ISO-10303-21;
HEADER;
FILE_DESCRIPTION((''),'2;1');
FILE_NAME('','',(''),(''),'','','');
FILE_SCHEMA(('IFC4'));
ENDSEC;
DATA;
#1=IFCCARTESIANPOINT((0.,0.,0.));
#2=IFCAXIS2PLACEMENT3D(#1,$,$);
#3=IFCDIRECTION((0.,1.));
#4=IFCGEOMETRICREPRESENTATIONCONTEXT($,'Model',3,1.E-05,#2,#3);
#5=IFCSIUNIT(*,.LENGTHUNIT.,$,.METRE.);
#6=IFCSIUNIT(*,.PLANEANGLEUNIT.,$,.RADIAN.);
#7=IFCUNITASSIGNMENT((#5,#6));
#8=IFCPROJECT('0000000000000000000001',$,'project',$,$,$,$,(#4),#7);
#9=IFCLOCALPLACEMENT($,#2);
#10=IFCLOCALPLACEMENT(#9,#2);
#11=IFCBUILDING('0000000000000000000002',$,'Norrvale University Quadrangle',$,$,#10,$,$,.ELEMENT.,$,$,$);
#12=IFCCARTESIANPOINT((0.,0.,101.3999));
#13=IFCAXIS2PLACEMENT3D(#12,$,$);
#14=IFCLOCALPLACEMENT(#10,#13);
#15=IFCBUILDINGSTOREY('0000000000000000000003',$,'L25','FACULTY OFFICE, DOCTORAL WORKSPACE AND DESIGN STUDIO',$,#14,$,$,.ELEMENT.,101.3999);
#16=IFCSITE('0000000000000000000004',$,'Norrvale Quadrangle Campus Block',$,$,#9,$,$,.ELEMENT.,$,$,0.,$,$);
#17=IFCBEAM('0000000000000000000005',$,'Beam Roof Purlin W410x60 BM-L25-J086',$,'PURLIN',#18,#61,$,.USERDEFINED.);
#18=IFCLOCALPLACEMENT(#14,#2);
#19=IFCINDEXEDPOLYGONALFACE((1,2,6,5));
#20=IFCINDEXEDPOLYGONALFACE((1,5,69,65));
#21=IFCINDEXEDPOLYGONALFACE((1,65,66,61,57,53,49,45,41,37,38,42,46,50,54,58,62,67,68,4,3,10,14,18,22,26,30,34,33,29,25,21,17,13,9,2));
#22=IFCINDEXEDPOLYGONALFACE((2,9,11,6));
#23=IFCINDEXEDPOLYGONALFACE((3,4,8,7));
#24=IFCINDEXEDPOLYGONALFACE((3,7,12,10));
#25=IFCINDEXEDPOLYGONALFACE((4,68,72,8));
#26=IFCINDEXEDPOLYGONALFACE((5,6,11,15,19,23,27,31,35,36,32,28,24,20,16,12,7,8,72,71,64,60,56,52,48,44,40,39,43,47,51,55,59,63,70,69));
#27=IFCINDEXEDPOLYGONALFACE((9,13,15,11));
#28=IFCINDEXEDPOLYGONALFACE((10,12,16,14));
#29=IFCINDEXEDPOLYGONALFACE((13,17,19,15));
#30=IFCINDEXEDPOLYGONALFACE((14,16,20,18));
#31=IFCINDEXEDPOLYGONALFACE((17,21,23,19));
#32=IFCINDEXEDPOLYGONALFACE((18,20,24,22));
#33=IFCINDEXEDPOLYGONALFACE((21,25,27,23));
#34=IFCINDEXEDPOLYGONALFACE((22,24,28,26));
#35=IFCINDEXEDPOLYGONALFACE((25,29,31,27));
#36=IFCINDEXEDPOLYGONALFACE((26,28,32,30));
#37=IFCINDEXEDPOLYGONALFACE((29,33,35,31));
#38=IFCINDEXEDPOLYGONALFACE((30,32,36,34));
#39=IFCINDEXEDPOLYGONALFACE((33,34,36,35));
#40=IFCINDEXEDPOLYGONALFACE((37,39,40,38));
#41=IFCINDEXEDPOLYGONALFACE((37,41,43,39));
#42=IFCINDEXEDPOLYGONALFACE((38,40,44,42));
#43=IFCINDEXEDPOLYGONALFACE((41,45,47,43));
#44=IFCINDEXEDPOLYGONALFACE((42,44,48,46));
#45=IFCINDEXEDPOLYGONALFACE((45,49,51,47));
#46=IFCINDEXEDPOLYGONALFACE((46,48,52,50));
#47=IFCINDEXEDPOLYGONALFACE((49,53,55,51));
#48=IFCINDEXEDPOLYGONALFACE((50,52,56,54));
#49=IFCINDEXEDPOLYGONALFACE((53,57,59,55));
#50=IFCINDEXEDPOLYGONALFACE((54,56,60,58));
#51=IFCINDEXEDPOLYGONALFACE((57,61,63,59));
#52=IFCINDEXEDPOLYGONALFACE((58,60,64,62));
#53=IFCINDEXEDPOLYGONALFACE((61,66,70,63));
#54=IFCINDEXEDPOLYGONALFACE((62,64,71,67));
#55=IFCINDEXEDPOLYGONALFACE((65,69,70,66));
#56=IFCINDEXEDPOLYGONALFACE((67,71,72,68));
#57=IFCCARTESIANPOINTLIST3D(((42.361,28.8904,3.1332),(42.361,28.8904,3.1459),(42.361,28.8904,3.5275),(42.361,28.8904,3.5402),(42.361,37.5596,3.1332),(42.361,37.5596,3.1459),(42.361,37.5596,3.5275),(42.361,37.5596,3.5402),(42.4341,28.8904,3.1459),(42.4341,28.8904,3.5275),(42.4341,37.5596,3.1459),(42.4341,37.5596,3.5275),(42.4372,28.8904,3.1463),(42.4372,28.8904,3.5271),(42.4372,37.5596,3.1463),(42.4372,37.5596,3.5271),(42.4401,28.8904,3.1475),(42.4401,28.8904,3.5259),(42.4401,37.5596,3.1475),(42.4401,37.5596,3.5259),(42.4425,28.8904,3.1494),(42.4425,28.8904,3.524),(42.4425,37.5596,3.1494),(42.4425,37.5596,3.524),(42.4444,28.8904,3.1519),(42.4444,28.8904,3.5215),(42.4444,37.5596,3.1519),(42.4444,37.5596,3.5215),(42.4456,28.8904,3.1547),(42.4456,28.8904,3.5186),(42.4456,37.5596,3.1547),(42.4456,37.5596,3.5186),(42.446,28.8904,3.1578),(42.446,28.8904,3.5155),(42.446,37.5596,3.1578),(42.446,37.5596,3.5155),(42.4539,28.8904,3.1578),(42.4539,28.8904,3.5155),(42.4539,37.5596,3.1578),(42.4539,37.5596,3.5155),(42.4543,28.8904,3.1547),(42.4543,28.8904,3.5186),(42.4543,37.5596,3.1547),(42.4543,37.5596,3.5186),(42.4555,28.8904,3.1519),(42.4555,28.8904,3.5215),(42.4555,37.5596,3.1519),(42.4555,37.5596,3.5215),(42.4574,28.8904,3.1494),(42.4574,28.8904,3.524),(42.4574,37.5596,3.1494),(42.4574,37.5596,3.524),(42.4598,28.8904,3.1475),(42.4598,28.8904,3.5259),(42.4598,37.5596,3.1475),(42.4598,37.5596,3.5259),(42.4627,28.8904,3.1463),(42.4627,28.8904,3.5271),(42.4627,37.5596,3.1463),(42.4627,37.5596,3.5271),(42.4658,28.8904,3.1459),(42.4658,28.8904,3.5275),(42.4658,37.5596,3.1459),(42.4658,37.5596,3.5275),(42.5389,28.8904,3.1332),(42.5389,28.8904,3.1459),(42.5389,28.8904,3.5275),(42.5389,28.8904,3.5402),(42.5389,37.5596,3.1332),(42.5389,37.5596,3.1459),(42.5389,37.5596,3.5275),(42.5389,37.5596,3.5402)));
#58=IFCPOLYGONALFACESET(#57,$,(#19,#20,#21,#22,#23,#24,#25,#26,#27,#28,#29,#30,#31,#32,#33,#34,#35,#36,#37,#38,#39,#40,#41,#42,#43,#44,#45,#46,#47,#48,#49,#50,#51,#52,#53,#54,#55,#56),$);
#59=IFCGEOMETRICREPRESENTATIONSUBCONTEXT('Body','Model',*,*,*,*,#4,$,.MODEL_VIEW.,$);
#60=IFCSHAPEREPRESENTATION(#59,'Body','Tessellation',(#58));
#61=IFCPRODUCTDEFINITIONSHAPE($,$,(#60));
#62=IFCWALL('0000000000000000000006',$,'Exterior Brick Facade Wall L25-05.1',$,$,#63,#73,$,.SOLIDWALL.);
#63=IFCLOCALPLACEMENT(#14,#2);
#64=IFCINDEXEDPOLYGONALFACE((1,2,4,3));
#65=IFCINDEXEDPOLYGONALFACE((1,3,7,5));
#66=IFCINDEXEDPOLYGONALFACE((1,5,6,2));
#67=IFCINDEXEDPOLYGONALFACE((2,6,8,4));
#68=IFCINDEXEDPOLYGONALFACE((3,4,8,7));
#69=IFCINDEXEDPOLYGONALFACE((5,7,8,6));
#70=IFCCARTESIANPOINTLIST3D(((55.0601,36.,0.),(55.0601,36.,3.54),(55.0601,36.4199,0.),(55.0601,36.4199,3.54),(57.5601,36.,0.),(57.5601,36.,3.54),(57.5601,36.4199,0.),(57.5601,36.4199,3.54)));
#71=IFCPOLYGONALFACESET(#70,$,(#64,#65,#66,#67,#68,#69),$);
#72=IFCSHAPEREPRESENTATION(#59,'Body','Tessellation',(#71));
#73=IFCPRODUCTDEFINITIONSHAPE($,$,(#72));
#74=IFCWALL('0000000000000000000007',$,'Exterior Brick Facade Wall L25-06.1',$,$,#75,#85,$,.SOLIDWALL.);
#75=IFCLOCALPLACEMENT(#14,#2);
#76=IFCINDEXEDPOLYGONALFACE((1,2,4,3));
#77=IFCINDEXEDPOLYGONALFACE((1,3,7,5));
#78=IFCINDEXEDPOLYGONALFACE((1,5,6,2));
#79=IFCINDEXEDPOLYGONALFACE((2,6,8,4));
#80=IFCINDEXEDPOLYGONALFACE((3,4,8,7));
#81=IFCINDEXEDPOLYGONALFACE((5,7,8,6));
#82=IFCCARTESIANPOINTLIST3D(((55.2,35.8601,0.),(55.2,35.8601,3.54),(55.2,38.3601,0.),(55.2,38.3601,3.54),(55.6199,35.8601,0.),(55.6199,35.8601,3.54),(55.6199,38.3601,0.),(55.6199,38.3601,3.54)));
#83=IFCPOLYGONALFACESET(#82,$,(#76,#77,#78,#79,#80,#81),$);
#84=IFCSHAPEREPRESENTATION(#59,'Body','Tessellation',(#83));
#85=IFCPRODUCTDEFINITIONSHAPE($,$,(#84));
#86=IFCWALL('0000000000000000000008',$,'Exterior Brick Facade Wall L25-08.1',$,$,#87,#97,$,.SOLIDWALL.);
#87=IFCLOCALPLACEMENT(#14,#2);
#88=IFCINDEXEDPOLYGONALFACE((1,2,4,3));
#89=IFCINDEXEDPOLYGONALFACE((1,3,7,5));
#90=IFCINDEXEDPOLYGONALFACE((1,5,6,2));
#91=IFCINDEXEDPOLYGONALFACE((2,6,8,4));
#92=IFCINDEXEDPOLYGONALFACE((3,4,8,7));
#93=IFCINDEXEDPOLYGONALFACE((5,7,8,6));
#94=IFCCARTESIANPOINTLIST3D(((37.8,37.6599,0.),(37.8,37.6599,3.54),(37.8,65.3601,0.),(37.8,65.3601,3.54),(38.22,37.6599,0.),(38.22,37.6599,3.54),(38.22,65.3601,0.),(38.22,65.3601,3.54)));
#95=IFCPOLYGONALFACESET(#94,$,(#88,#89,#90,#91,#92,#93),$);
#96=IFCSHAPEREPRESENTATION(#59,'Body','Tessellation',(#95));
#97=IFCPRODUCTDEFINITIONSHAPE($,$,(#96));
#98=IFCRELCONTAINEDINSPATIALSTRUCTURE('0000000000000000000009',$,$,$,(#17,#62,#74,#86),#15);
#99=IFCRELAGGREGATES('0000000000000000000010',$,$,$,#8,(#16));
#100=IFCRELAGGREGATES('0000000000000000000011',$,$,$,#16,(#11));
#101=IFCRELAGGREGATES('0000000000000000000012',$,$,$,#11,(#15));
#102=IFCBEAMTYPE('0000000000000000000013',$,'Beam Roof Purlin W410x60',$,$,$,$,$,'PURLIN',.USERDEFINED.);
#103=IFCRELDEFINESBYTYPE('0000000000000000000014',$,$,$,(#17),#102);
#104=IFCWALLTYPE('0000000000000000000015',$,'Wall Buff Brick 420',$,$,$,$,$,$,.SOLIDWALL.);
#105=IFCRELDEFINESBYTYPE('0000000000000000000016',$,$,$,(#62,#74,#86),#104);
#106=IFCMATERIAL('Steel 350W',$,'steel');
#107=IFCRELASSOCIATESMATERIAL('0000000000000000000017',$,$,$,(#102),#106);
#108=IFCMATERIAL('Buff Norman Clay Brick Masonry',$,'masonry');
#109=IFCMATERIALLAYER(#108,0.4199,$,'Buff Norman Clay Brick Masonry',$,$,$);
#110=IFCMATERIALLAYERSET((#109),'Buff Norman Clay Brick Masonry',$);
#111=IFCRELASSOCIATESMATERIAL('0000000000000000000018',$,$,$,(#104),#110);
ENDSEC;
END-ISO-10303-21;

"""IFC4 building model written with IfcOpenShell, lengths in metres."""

from ifc_helpers import new_model, si_unit, direction, frame, frame_2d, origin, origin_2d, place, context, subcontext, project, spatial, rectangle, i_section, extrude, material, layer, layer_set, material_profile, profile_set, type_object, element, save


model = new_model("IFC4")

# Units and contexts
model_context = context("Model", 3, precision=1e-05, world=origin(), true_north=direction((0.0, 1.0)))
body_context = subcontext(model_context, "Body", "Model", "MODEL_VIEW")
ifc_project = project(units=[si_unit("LENGTHUNIT", "METRE"), si_unit("PLANEANGLEUNIT", "RADIAN")], contexts=[model_context])

# Site, building, storey
site_placement = place(None, origin())
site = spatial("IfcSite", under=ifc_project, at=site_placement, Name="Norrvale Quadrangle Campus Block", CompositionType="ELEMENT", RefElevation=0.0)
building_placement = place(site_placement, origin())
building = spatial("IfcBuilding", under=site, at=building_placement, Name="Norrvale University Quadrangle", CompositionType="ELEMENT")
storey_placement = place(building_placement, frame((0.0, 0.0, 101.3999)))
storey = spatial("IfcBuildingStorey", under=building, at=storey_placement, Name="L25", Description="FACULTY OFFICE, DOCTORAL WORKSPACE AND DESIGN STUDIO", CompositionType="ELEMENT", Elevation=101.3999)

# Beam
ifc_material_1 = material(Name="Steel 350W", Category="steel")
ifc_material_profile_1 = material_profile(ifc_material_1, i_section(OverallWidth=0.178, OverallDepth=0.407, WebThickness=0.0078, FlangeThickness=0.0127, FilletRadius=0.012, at=origin_2d()), Name="Steel 350W")
ifc_profile_set_1 = profile_set([ifc_material_profile_1], Name="Steel 350W")
beam_type_1 = type_object("IfcBeamType", Name="Beam Roof Purlin W410x60", ElementType="PURLIN", PredefinedType="USERDEFINED", material=ifc_profile_set_1)
for number, where, z_axis, x_axis, name in (
    (1, (42.45, 28.8904, 3.3367), (0.0, 1.0, 0.0), (-1.0, 0.0, 0.0), "Beam Roof Purlin W410x60 BM-L25-J086"),
):
    element("IfcBeam", number, at=place(storey_placement, frame(where, z_axis=z_axis, x_axis=x_axis)), inside=storey, type_object=beam_type_1, Name=name, ObjectType="PURLIN", PredefinedType="USERDEFINED", context=body_context, shape_type="SweptSolid", body=[
        extrude(i_section(OverallWidth=0.178, OverallDepth=0.407, WebThickness=0.0078, FlangeThickness=0.0127, FilletRadius=0.012, at=origin_2d()), origin(), (0.0, 0.0, 1.0), 8.6692),
    ])

# Walls
ifc_material_2 = material(Name="Buff Norman Clay Brick Masonry", Category="masonry")
ifc_layer = layer(ifc_material_2, 0.4199, Name="Buff Norman Clay Brick Masonry")
ifc_layer_set = layer_set([ifc_layer], Name="Buff Norman Clay Brick Masonry")
wall_type = type_object("IfcWallType", Name="Wall Buff Brick 420", PredefinedType="SOLIDWALL", material=ifc_layer_set)
for number, where, z_axis, x_axis, name in (
    (2, (57.5601, 36.21, 0.0), (0.0, 0.0, 1.0), (-1.0, 0.0, 0.0), "Exterior Brick Facade Wall L25-05.1"),
    (3, (55.4099, 35.8601, 0.0), (0.0, 0.0, 1.0), (0.0, 1.0, 0.0), "Exterior Brick Facade Wall L25-06.1"),
):
    element("IfcWall", number, at=place(storey_placement, frame(where, z_axis=z_axis, x_axis=x_axis)), inside=storey, type_object=wall_type, Name=name, PredefinedType="SOLIDWALL", context=body_context, shape_type="SweptSolid", body=[
        extrude(rectangle(XDim=2.5, YDim=0.4199, at=frame_2d((1.25, 0.0))), origin(), (0.0, 0.0, 1.0), 3.54),
    ])
wall_placement = place(storey_placement, frame((38.01, 37.6599, 0.0), z_axis=(0.0, 0.0, 1.0), x_axis=(0.0, 1.0, 0.0)))
element("IfcWall", 4, at=wall_placement, inside=storey, type_object=wall_type, Name="Exterior Brick Facade Wall L25-08.1", PredefinedType="SOLIDWALL", context=body_context, shape_type="SweptSolid", body=[
    extrude(rectangle(XDim=27.7002, YDim=0.4199, at=frame_2d((13.8501, 0.0))), origin(), (0.0, 0.0, 1.0), 3.54),
])

save(model, "model.ifc")
